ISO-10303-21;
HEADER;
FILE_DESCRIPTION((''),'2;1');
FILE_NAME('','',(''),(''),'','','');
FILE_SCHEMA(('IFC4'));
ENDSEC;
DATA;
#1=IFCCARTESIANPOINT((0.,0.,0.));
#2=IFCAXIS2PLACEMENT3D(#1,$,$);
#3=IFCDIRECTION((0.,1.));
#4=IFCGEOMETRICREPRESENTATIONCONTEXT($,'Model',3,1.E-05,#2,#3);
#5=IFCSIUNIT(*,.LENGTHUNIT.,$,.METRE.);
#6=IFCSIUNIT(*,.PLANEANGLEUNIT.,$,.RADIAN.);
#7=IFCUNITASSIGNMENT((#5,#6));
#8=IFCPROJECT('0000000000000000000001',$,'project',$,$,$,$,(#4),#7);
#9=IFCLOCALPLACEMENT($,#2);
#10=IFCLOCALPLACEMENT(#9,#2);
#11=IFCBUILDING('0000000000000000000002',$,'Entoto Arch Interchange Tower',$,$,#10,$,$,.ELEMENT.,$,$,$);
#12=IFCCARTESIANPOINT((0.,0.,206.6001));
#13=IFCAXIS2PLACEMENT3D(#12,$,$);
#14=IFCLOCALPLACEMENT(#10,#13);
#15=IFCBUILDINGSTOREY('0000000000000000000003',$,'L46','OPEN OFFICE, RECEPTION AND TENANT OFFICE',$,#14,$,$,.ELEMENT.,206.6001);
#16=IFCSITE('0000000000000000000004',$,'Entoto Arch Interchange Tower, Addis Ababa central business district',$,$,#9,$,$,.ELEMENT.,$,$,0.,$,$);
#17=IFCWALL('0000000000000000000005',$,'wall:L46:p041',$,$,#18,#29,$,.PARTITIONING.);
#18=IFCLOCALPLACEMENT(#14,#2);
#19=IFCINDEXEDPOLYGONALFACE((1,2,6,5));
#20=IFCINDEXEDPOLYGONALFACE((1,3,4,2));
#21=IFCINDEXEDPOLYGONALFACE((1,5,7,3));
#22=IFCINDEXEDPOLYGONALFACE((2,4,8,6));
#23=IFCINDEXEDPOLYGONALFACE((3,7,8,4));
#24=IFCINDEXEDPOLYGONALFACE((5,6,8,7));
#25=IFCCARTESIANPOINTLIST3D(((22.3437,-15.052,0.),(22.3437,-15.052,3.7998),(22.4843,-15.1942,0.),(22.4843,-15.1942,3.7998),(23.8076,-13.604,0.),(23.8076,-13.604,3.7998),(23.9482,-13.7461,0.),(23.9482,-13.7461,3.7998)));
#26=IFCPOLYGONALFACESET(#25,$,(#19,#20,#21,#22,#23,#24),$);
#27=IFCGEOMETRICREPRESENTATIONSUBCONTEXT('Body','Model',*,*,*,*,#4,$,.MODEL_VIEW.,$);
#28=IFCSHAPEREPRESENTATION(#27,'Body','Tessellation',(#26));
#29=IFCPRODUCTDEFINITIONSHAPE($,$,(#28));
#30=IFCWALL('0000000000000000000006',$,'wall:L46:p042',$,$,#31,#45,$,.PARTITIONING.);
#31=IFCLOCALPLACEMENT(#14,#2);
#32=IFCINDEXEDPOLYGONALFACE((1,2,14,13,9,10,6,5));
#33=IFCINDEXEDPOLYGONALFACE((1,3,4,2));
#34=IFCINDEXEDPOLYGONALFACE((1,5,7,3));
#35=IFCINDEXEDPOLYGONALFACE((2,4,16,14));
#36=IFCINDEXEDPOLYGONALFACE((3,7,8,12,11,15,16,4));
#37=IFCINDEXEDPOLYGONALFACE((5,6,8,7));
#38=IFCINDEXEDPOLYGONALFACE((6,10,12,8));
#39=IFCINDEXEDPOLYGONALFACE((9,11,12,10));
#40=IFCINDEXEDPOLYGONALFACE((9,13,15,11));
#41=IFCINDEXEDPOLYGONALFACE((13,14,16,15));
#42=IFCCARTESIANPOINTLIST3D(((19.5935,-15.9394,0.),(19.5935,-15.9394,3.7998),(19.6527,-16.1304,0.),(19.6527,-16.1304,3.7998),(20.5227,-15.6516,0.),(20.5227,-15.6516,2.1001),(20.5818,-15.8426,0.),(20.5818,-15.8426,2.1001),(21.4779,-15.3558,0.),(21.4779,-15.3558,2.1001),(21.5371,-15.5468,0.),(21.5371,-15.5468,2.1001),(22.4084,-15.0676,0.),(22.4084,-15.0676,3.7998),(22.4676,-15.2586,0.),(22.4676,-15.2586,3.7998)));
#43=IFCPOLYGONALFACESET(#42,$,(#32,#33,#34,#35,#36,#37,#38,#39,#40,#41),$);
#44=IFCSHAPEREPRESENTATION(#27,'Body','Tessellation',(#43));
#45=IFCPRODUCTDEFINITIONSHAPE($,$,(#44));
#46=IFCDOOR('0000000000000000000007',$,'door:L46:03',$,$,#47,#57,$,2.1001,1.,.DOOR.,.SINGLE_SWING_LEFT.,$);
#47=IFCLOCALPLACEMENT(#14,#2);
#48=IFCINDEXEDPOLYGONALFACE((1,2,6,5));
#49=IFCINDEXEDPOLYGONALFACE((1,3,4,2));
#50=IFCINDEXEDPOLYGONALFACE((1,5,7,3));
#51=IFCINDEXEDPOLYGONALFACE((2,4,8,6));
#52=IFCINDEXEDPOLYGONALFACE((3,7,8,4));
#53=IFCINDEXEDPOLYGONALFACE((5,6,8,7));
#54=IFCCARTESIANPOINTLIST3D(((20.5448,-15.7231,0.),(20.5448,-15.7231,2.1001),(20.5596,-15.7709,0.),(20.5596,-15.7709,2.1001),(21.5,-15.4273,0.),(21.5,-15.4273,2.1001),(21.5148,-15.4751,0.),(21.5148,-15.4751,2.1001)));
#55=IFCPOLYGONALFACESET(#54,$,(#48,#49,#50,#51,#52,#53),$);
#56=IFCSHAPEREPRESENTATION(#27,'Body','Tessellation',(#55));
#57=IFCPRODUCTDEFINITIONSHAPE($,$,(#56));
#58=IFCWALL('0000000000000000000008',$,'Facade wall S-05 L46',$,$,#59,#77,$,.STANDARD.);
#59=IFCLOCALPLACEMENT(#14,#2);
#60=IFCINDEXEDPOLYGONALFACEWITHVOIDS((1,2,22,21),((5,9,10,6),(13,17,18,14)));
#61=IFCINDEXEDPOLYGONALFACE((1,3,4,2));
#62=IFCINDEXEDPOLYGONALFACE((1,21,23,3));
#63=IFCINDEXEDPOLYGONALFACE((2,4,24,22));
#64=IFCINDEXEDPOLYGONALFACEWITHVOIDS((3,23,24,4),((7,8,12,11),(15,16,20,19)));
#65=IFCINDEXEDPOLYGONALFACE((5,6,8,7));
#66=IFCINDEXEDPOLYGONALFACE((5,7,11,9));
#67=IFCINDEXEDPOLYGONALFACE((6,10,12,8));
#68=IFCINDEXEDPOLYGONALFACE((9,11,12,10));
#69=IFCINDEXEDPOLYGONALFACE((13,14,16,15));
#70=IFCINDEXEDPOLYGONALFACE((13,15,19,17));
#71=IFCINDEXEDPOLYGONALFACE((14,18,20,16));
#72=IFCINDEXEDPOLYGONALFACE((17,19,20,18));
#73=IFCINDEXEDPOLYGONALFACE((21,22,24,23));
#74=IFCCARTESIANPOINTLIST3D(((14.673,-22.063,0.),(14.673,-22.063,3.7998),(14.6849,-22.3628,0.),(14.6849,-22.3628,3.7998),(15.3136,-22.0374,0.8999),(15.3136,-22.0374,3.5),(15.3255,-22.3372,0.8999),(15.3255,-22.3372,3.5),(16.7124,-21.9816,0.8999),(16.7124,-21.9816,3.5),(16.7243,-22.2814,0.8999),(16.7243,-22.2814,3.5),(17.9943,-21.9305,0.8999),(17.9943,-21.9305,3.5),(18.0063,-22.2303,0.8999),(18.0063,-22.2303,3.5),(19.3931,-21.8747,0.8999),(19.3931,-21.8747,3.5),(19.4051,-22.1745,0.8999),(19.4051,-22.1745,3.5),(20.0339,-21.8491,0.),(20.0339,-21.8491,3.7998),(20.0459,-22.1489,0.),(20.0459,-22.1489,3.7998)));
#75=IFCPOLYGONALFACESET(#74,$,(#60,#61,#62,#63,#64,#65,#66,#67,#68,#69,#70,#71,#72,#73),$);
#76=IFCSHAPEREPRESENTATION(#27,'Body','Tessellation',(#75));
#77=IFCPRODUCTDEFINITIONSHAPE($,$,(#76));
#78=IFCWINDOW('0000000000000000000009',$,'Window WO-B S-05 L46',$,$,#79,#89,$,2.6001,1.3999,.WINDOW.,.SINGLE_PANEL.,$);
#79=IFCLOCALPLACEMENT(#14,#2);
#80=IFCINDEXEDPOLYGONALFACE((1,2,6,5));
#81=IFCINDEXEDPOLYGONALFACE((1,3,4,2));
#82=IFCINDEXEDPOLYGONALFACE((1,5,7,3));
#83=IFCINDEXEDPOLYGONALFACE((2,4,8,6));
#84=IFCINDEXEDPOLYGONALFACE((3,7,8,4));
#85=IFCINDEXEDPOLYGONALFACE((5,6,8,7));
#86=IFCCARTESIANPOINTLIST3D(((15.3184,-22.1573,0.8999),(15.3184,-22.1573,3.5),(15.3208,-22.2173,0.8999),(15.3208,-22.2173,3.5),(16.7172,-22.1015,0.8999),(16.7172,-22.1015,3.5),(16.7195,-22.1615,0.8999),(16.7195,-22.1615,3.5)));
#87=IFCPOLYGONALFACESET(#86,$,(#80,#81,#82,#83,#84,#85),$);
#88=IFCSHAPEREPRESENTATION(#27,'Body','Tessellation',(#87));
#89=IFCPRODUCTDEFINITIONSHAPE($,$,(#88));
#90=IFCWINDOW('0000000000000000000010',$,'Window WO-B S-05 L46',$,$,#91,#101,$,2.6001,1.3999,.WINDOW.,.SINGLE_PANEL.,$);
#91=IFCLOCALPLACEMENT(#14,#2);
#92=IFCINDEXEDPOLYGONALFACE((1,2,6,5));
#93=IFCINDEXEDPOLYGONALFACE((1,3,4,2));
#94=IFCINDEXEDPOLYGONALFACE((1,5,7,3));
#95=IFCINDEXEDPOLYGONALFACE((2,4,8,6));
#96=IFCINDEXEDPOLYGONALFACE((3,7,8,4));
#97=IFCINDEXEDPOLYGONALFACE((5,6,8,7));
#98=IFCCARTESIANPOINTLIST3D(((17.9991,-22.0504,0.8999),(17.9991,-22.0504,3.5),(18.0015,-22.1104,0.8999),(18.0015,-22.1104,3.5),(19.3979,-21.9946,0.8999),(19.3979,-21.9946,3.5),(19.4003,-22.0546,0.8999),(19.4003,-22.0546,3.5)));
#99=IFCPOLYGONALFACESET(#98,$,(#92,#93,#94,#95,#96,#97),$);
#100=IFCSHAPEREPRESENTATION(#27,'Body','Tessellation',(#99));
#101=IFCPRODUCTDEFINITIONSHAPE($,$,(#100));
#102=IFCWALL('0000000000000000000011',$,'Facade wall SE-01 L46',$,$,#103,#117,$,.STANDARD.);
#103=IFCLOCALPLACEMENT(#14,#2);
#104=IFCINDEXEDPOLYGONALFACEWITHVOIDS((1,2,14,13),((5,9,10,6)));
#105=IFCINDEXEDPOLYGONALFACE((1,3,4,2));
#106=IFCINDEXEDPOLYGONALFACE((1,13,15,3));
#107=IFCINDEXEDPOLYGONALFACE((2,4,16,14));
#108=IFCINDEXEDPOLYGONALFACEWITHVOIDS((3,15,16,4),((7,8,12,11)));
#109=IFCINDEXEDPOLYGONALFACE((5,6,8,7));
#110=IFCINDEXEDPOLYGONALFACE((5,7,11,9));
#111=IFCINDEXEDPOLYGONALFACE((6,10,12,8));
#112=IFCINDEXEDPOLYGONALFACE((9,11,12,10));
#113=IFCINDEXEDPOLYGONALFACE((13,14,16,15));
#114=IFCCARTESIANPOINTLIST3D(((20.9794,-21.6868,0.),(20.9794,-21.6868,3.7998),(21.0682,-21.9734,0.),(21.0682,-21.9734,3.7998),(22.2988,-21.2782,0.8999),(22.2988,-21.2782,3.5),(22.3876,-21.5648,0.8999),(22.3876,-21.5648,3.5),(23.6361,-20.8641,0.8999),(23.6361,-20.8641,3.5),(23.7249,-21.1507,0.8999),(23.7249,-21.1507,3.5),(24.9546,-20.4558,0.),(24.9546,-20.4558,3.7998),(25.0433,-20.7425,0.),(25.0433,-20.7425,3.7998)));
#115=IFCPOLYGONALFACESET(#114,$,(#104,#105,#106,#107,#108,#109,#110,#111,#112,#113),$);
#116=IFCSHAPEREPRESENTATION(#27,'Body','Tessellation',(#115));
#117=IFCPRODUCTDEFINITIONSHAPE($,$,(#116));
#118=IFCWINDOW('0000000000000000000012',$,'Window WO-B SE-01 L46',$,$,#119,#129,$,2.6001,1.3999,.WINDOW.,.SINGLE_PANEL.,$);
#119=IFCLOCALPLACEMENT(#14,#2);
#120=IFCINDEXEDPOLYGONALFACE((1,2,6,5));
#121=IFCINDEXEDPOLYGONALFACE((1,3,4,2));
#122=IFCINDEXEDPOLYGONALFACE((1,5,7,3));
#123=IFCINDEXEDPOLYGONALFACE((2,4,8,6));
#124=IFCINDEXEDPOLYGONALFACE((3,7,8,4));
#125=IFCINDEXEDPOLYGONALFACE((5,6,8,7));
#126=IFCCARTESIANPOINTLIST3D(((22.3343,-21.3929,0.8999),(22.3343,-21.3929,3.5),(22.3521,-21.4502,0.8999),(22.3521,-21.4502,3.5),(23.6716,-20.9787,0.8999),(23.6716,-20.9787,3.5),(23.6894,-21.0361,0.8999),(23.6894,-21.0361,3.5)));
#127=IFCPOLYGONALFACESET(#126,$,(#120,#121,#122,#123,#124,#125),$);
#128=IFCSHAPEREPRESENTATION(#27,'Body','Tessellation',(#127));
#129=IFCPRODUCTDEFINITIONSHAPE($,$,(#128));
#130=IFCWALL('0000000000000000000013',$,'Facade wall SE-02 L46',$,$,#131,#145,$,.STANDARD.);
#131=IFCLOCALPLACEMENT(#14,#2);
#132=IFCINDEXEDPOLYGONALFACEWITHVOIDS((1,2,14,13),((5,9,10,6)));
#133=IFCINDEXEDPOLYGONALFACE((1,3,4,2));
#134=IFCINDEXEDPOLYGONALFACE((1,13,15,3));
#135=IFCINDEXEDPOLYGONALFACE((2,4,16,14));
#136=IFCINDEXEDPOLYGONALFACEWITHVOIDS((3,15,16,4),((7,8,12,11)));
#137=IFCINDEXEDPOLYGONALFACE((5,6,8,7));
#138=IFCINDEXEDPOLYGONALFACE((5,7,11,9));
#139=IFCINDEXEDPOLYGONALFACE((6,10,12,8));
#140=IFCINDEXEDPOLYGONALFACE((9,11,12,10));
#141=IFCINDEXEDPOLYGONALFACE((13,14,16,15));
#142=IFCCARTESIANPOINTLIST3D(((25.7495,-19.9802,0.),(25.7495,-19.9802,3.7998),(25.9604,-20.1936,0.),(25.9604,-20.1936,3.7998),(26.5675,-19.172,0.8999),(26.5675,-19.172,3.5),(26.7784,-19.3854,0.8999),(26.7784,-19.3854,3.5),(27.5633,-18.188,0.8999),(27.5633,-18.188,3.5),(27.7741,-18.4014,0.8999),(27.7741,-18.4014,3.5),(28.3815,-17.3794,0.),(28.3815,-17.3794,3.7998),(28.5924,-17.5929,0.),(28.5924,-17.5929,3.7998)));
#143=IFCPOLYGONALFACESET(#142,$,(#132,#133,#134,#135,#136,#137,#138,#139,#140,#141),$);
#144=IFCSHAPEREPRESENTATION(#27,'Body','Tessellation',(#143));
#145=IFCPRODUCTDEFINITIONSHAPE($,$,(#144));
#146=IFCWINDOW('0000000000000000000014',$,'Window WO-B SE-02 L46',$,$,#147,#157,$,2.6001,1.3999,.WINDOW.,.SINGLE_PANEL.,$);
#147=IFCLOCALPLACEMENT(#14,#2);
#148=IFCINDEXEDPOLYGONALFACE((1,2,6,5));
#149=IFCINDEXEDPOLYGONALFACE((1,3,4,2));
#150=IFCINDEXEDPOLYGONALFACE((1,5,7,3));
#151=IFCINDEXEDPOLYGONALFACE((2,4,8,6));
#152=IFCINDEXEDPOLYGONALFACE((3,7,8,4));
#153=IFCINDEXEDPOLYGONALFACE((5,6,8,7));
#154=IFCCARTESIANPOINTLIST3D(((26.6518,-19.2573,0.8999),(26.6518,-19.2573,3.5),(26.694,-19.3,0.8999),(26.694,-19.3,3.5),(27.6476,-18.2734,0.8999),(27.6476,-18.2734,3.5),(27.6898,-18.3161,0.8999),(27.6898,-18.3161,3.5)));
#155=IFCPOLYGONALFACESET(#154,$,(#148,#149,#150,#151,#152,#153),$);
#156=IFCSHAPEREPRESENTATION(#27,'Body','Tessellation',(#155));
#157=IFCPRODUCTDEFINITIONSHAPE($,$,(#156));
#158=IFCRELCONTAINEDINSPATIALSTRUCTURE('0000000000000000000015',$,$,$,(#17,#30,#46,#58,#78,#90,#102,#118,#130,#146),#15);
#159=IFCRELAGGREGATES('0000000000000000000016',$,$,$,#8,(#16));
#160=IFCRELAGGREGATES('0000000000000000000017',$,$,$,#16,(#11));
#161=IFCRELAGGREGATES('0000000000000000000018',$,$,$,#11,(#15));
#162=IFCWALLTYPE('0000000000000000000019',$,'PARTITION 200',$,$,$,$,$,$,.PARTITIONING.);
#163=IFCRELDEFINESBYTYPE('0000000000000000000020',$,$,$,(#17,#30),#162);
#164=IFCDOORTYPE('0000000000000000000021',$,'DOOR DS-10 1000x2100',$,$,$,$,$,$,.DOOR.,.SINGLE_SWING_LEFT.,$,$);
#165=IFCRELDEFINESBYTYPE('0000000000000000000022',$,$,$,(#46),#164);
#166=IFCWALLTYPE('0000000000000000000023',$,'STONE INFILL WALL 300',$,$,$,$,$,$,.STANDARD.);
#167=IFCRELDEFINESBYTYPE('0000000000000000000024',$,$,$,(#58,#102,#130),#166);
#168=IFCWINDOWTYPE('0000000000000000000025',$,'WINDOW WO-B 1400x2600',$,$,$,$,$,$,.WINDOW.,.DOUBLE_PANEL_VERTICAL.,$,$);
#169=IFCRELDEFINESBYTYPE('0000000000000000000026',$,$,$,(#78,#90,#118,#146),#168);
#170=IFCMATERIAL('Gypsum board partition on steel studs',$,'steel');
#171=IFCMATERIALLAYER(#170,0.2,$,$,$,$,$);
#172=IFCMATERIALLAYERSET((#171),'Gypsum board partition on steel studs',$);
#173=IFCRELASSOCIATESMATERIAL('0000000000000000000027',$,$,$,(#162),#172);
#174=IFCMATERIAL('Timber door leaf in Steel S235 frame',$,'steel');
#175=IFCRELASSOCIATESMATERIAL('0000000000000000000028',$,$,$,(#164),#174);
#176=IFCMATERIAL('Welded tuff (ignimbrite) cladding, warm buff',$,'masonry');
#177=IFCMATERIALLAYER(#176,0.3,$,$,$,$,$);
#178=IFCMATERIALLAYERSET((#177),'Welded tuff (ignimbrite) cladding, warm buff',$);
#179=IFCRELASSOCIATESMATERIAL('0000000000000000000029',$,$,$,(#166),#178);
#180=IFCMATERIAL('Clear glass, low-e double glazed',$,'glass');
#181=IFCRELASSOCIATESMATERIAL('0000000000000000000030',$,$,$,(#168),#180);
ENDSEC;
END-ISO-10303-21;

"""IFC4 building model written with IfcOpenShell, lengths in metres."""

from ifc_helpers import new_model, si_unit, direction, frame, frame_2d, origin, place, context, subcontext, project, spatial, rectangle, extrude, material, layer, layer_set, type_object, element, fill, save


model = new_model("IFC4")

# Units and contexts
model_context = context("Model", 3, precision=1e-05, world=origin(), true_north=direction((0.0, 1.0)))
body_context = subcontext(model_context, "Body", "Model", "MODEL_VIEW")
ifc_project = project(units=[si_unit("LENGTHUNIT", "METRE"), si_unit("PLANEANGLEUNIT", "RADIAN")], contexts=[model_context])

# Site, building, storey
site_placement = place(None, origin())
site = spatial("IfcSite", under=ifc_project, at=site_placement, Name="Entoto Arch Interchange Tower, Addis Ababa central business district", CompositionType="ELEMENT", RefElevation=0.0)
building_placement = place(site_placement, origin())
building = spatial("IfcBuilding", under=site, at=building_placement, Name="Entoto Arch Interchange Tower", CompositionType="ELEMENT")
storey_placement = place(building_placement, frame((0.0, 0.0, 206.6001)))
storey = spatial("IfcBuildingStorey", under=building, at=storey_placement, Name="L46", Description="OPEN OFFICE, RECEPTION AND TENANT OFFICE", CompositionType="ELEMENT", Elevation=206.6001)

# Shared definitions
ifc_material_1 = material(Name="Gypsum board partition on steel studs", Category="steel")
ifc_layer_1 = layer(ifc_material_1, 0.2)
ifc_layer_set_1 = layer_set([ifc_layer_1], Name="Gypsum board partition on steel studs")
wall_type_1 = type_object("IfcWallType", Name="PARTITION 200", PredefinedType="PARTITIONING", material=ifc_layer_set_1)

# Shared definitions
ifc_material_2 = material(Name="Timber door leaf in Steel S235 frame", Category="steel")
door_type = type_object("IfcDoorType", Name="DOOR DS-10 1000x2100", OperationType="SINGLE_SWING_LEFT", PredefinedType="DOOR", material=ifc_material_2)

# Wall
wall_1_placement = place(storey_placement, frame((23.8779, -13.675, 0.0), z_axis=(0.0, 0.0, 1.0), x_axis=(-0.71095, -0.703243, 0.0)))
element("IfcWall", 1, at=wall_1_placement, inside=storey, type_object=wall_type_1, Name="wall:L46:p041", PredefinedType="PARTITIONING", context=body_context, shape_type="SweptSolid", body=[
    extrude(rectangle(XDim=2.0591, YDim=0.2, at=frame_2d((1.0295, 0.0))), origin(), (0.0, 0.0, 1.0), 3.7998),
])

# Wall, opening, door
wall_2_placement = place(storey_placement, frame((22.438, -15.1631, 0.0), z_axis=(0.0, 0.0, 1.0), x_axis=(-0.955235, -0.295849, 0.0)))
wall_2 = element("IfcWall", 2, at=wall_2_placement, inside=storey, type_object=wall_type_1, Name="wall:L46:p042", PredefinedType="PARTITIONING", context=body_context, shape_type="SweptSolid", body=[
    extrude(rectangle(XDim=2.9468, YDim=0.2, at=frame_2d((1.4734, 0.0))), origin(), (0.0, 0.0, 1.0), 3.7998),
])
opening_1_placement = place(wall_2_placement, frame((0.9741, 0.0, 0.0)))
opening_1 = element("IfcOpeningElement", 3, at=opening_1_placement, cuts=wall_2, PredefinedType="OPENING", context=body_context, shape_type="SweptSolid", body=[
    extrude(rectangle(XDim=1.0, YDim=2.1001, at=frame_2d((0.5, 1.05))), frame((0.0, 0.1099, 0.0), z_axis=(0.0, -1.0, 0.0), x_axis=(1.0, 0.0, 0.0)), (0.0, 0.0, 1.0), 0.22),
])
door_1_placement = place(opening_1_placement, origin())
door_1 = element("IfcDoor", 4, at=door_1_placement, inside=storey, type_object=door_type, Name="door:L46:03", OperationType="SINGLE_SWING_LEFT", OverallHeight=2.1001, OverallWidth=1.0, PredefinedType="DOOR", context=body_context, shape_type="SweptSolid", body=[
    extrude(rectangle(XDim=1.0, YDim=2.1001, at=frame_2d((0.5, 1.05))), frame((0.0, 0.0249, 0.0), z_axis=(0.0, -1.0, 0.0), x_axis=(1.0, 0.0, 0.0)), (0.0, 0.0, 1.0), 0.05),
])
fill(opening_1, door_1)

# Wall, openings, windows
ifc_material_3 = material(Name="Welded tuff (ignimbrite) cladding, warm buff", Category="masonry")
ifc_layer_2 = layer(ifc_material_3, 0.3)
ifc_layer_set_2 = layer_set([ifc_layer_2], Name="Welded tuff (ignimbrite) cladding, warm buff")
wall_type_2 = type_object("IfcWallType", Name="STONE INFILL WALL 300", PredefinedType="STANDARD", material=ifc_layer_set_2)
wall_3_placement = place(storey_placement, frame((14.679, -22.2129, 0.0), z_axis=(0.0, 0.0, 1.0), x_axis=(0.999205, 0.039861, 0.0)))
wall_3 = element("IfcWall", 5, at=wall_3_placement, inside=storey, type_object=wall_type_2, Name="Facade wall S-05 L46", PredefinedType="STANDARD", context=body_context, shape_type="SweptSolid", body=[
    extrude(rectangle(XDim=5.3652, YDim=0.3, at=frame_2d((2.6826, 0.0))), origin(), (0.0, 0.0, 1.0), 3.7998),
])
opening_2_placement = place(wall_3_placement, frame((0.6411, 0.0, 0.8999)))
opening_2 = element("IfcOpeningElement", 6, at=opening_2_placement, cuts=wall_3, PredefinedType="OPENING", context=body_context, shape_type="SweptSolid", body=[
    extrude(rectangle(XDim=1.3999, YDim=2.6001, at=frame_2d((0.7, 1.3))), frame((0.0, 0.1602, 0.0), z_axis=(0.0, -1.0, 0.0), x_axis=(1.0, 0.0, 0.0)), (0.0, 0.0, 1.0), 0.3201),
])
opening_3_placement = place(wall_3_placement, frame((3.324, 0.0, 0.8999)))
opening_3 = element("IfcOpeningElement", 7, at=opening_3_placement, cuts=wall_3, PredefinedType="OPENING", context=body_context, shape_type="SweptSolid", body=[
    extrude(rectangle(XDim=1.3999, YDim=2.6001, at=frame_2d((0.7, 1.3))), frame((0.0, 0.1602, 0.0), z_axis=(0.0, -1.0, 0.0), x_axis=(1.0, 0.0, 0.0)), (0.0, 0.0, 1.0), 0.3201),
])
ifc_material_4 = material(Name="Clear glass, low-e double glazed", Category="glass")
window_type = type_object("IfcWindowType", Name="WINDOW WO-B 1400x2600", PartitioningType="DOUBLE_PANEL_VERTICAL", PredefinedType="WINDOW", material=ifc_material_4)
window_1_placement = place(opening_2_placement, origin())
window_1 = element("IfcWindow", 8, at=window_1_placement, inside=storey, type_object=window_type, Name="Window WO-B S-05 L46", OverallHeight=2.6001, OverallWidth=1.3999, PartitioningType="SINGLE_PANEL", PredefinedType="WINDOW", context=body_context, shape_type="SweptSolid", body=[
    extrude(rectangle(XDim=1.3999, YDim=2.6001, at=frame_2d((0.7, 1.3))), frame((0.0, 0.03, 0.0), z_axis=(0.0, -1.0, 0.0), x_axis=(1.0, 0.0, 0.0)), (0.0, 0.0, 1.0), 0.0601),
])
fill(opening_2, window_1)
window_2_placement = place(opening_3_placement, origin())
window_2 = element("IfcWindow", 9, at=window_2_placement, inside=storey, type_object=window_type, Name="Window WO-B S-05 L46", OverallHeight=2.6001, OverallWidth=1.3999, PartitioningType="SINGLE_PANEL", PredefinedType="WINDOW", context=body_context, shape_type="SweptSolid", body=[
    extrude(rectangle(XDim=1.3999, YDim=2.6001, at=frame_2d((0.7, 1.3))), frame((0.0, 0.03, 0.0), z_axis=(0.0, -1.0, 0.0), x_axis=(1.0, 0.0, 0.0)), (0.0, 0.0, 1.0), 0.0601),
])
fill(opening_3, window_2)

# Walls, openings, windows
wall_4_placement = place(storey_placement, frame((21.0239, -21.8301, 0.0), z_axis=(0.0, 0.0, 1.0), x_axis=(0.955247, 0.295809, 0.0)))
wall_4 = element("IfcWall", 10, at=wall_4_placement, inside=storey, type_object=wall_type_2, Name="Facade wall SE-01 L46", PredefinedType="STANDARD", context=body_context, shape_type="SweptSolid", body=[
    extrude(rectangle(XDim=4.1614, YDim=0.3, at=frame_2d((2.0806, 0.0))), origin(), (0.0, 0.0, 1.0), 3.7998),
])
opening_4_placement = place(wall_4_placement, frame((1.3811, 0.0, 0.8999)))
opening_4 = element("IfcOpeningElement", 11, at=opening_4_placement, cuts=wall_4, PredefinedType="OPENING", context=body_context, shape_type="SweptSolid", body=[
    extrude(rectangle(XDim=1.3999, YDim=2.6001, at=frame_2d((0.7, 1.3))), frame((0.0, 0.1602, 0.0), z_axis=(0.0, -1.0, 0.0), x_axis=(1.0, 0.0, 0.0)), (0.0, 0.0, 1.0), 0.3201),
])
window_3_placement = place(opening_4_placement, origin())
window_3 = element("IfcWindow", 12, at=window_3_placement, inside=storey, type_object=window_type, Name="Window WO-B SE-01 L46", OverallHeight=2.6001, OverallWidth=1.3999, PartitioningType="SINGLE_PANEL", PredefinedType="WINDOW", context=body_context, shape_type="SweptSolid", body=[
    extrude(rectangle(XDim=1.3999, YDim=2.6001, at=frame_2d((0.7, 1.3))), frame((0.0, 0.03, 0.0), z_axis=(0.0, -1.0, 0.0), x_axis=(1.0, 0.0, 0.0)), (0.0, 0.0, 1.0), 0.0601),
])
fill(opening_4, window_3)
wall_5_placement = place(storey_placement, frame((25.855, -20.0869, 0.0), z_axis=(0.0, 0.0, 1.0), x_axis=(0.711317, 0.702872, 0.0)))
wall_5 = element("IfcWall", 13, at=wall_5_placement, inside=storey, type_object=wall_type_2, Name="Facade wall SE-02 L46", PredefinedType="STANDARD", context=body_context, shape_type="SweptSolid", body=[
    extrude(rectangle(XDim=3.7002, YDim=0.3, at=frame_2d((1.8501, 0.0))), origin(), (0.0, 0.0, 1.0), 3.7998),
])
opening_5_placement = place(wall_5_placement, frame((1.1499, 0.0, 0.8999)))
opening_5 = element("IfcOpeningElement", 14, at=opening_5_placement, cuts=wall_5, PredefinedType="OPENING", context=body_context, shape_type="SweptSolid", body=[
    extrude(rectangle(XDim=1.3999, YDim=2.6001, at=frame_2d((0.7, 1.3))), frame((0.0, 0.1602, 0.0), z_axis=(0.0, -1.0, 0.0), x_axis=(1.0, 0.0, 0.0)), (0.0, 0.0, 1.0), 0.3201),
])
window_4_placement = place(opening_5_placement, origin())
window_4 = element("IfcWindow", 15, at=window_4_placement, inside=storey, type_object=window_type, Name="Window WO-B SE-02 L46", OverallHeight=2.6001, OverallWidth=1.3999, PartitioningType="SINGLE_PANEL", PredefinedType="WINDOW", context=body_context, shape_type="SweptSolid", body=[
    extrude(rectangle(XDim=1.3999, YDim=2.6001, at=frame_2d((0.7, 1.3))), frame((0.0, 0.03, 0.0), z_axis=(0.0, -1.0, 0.0), x_axis=(1.0, 0.0, 0.0)), (0.0, 0.0, 1.0), 0.0601),
])
fill(opening_5, window_4)

save(model, "model.ifc")
